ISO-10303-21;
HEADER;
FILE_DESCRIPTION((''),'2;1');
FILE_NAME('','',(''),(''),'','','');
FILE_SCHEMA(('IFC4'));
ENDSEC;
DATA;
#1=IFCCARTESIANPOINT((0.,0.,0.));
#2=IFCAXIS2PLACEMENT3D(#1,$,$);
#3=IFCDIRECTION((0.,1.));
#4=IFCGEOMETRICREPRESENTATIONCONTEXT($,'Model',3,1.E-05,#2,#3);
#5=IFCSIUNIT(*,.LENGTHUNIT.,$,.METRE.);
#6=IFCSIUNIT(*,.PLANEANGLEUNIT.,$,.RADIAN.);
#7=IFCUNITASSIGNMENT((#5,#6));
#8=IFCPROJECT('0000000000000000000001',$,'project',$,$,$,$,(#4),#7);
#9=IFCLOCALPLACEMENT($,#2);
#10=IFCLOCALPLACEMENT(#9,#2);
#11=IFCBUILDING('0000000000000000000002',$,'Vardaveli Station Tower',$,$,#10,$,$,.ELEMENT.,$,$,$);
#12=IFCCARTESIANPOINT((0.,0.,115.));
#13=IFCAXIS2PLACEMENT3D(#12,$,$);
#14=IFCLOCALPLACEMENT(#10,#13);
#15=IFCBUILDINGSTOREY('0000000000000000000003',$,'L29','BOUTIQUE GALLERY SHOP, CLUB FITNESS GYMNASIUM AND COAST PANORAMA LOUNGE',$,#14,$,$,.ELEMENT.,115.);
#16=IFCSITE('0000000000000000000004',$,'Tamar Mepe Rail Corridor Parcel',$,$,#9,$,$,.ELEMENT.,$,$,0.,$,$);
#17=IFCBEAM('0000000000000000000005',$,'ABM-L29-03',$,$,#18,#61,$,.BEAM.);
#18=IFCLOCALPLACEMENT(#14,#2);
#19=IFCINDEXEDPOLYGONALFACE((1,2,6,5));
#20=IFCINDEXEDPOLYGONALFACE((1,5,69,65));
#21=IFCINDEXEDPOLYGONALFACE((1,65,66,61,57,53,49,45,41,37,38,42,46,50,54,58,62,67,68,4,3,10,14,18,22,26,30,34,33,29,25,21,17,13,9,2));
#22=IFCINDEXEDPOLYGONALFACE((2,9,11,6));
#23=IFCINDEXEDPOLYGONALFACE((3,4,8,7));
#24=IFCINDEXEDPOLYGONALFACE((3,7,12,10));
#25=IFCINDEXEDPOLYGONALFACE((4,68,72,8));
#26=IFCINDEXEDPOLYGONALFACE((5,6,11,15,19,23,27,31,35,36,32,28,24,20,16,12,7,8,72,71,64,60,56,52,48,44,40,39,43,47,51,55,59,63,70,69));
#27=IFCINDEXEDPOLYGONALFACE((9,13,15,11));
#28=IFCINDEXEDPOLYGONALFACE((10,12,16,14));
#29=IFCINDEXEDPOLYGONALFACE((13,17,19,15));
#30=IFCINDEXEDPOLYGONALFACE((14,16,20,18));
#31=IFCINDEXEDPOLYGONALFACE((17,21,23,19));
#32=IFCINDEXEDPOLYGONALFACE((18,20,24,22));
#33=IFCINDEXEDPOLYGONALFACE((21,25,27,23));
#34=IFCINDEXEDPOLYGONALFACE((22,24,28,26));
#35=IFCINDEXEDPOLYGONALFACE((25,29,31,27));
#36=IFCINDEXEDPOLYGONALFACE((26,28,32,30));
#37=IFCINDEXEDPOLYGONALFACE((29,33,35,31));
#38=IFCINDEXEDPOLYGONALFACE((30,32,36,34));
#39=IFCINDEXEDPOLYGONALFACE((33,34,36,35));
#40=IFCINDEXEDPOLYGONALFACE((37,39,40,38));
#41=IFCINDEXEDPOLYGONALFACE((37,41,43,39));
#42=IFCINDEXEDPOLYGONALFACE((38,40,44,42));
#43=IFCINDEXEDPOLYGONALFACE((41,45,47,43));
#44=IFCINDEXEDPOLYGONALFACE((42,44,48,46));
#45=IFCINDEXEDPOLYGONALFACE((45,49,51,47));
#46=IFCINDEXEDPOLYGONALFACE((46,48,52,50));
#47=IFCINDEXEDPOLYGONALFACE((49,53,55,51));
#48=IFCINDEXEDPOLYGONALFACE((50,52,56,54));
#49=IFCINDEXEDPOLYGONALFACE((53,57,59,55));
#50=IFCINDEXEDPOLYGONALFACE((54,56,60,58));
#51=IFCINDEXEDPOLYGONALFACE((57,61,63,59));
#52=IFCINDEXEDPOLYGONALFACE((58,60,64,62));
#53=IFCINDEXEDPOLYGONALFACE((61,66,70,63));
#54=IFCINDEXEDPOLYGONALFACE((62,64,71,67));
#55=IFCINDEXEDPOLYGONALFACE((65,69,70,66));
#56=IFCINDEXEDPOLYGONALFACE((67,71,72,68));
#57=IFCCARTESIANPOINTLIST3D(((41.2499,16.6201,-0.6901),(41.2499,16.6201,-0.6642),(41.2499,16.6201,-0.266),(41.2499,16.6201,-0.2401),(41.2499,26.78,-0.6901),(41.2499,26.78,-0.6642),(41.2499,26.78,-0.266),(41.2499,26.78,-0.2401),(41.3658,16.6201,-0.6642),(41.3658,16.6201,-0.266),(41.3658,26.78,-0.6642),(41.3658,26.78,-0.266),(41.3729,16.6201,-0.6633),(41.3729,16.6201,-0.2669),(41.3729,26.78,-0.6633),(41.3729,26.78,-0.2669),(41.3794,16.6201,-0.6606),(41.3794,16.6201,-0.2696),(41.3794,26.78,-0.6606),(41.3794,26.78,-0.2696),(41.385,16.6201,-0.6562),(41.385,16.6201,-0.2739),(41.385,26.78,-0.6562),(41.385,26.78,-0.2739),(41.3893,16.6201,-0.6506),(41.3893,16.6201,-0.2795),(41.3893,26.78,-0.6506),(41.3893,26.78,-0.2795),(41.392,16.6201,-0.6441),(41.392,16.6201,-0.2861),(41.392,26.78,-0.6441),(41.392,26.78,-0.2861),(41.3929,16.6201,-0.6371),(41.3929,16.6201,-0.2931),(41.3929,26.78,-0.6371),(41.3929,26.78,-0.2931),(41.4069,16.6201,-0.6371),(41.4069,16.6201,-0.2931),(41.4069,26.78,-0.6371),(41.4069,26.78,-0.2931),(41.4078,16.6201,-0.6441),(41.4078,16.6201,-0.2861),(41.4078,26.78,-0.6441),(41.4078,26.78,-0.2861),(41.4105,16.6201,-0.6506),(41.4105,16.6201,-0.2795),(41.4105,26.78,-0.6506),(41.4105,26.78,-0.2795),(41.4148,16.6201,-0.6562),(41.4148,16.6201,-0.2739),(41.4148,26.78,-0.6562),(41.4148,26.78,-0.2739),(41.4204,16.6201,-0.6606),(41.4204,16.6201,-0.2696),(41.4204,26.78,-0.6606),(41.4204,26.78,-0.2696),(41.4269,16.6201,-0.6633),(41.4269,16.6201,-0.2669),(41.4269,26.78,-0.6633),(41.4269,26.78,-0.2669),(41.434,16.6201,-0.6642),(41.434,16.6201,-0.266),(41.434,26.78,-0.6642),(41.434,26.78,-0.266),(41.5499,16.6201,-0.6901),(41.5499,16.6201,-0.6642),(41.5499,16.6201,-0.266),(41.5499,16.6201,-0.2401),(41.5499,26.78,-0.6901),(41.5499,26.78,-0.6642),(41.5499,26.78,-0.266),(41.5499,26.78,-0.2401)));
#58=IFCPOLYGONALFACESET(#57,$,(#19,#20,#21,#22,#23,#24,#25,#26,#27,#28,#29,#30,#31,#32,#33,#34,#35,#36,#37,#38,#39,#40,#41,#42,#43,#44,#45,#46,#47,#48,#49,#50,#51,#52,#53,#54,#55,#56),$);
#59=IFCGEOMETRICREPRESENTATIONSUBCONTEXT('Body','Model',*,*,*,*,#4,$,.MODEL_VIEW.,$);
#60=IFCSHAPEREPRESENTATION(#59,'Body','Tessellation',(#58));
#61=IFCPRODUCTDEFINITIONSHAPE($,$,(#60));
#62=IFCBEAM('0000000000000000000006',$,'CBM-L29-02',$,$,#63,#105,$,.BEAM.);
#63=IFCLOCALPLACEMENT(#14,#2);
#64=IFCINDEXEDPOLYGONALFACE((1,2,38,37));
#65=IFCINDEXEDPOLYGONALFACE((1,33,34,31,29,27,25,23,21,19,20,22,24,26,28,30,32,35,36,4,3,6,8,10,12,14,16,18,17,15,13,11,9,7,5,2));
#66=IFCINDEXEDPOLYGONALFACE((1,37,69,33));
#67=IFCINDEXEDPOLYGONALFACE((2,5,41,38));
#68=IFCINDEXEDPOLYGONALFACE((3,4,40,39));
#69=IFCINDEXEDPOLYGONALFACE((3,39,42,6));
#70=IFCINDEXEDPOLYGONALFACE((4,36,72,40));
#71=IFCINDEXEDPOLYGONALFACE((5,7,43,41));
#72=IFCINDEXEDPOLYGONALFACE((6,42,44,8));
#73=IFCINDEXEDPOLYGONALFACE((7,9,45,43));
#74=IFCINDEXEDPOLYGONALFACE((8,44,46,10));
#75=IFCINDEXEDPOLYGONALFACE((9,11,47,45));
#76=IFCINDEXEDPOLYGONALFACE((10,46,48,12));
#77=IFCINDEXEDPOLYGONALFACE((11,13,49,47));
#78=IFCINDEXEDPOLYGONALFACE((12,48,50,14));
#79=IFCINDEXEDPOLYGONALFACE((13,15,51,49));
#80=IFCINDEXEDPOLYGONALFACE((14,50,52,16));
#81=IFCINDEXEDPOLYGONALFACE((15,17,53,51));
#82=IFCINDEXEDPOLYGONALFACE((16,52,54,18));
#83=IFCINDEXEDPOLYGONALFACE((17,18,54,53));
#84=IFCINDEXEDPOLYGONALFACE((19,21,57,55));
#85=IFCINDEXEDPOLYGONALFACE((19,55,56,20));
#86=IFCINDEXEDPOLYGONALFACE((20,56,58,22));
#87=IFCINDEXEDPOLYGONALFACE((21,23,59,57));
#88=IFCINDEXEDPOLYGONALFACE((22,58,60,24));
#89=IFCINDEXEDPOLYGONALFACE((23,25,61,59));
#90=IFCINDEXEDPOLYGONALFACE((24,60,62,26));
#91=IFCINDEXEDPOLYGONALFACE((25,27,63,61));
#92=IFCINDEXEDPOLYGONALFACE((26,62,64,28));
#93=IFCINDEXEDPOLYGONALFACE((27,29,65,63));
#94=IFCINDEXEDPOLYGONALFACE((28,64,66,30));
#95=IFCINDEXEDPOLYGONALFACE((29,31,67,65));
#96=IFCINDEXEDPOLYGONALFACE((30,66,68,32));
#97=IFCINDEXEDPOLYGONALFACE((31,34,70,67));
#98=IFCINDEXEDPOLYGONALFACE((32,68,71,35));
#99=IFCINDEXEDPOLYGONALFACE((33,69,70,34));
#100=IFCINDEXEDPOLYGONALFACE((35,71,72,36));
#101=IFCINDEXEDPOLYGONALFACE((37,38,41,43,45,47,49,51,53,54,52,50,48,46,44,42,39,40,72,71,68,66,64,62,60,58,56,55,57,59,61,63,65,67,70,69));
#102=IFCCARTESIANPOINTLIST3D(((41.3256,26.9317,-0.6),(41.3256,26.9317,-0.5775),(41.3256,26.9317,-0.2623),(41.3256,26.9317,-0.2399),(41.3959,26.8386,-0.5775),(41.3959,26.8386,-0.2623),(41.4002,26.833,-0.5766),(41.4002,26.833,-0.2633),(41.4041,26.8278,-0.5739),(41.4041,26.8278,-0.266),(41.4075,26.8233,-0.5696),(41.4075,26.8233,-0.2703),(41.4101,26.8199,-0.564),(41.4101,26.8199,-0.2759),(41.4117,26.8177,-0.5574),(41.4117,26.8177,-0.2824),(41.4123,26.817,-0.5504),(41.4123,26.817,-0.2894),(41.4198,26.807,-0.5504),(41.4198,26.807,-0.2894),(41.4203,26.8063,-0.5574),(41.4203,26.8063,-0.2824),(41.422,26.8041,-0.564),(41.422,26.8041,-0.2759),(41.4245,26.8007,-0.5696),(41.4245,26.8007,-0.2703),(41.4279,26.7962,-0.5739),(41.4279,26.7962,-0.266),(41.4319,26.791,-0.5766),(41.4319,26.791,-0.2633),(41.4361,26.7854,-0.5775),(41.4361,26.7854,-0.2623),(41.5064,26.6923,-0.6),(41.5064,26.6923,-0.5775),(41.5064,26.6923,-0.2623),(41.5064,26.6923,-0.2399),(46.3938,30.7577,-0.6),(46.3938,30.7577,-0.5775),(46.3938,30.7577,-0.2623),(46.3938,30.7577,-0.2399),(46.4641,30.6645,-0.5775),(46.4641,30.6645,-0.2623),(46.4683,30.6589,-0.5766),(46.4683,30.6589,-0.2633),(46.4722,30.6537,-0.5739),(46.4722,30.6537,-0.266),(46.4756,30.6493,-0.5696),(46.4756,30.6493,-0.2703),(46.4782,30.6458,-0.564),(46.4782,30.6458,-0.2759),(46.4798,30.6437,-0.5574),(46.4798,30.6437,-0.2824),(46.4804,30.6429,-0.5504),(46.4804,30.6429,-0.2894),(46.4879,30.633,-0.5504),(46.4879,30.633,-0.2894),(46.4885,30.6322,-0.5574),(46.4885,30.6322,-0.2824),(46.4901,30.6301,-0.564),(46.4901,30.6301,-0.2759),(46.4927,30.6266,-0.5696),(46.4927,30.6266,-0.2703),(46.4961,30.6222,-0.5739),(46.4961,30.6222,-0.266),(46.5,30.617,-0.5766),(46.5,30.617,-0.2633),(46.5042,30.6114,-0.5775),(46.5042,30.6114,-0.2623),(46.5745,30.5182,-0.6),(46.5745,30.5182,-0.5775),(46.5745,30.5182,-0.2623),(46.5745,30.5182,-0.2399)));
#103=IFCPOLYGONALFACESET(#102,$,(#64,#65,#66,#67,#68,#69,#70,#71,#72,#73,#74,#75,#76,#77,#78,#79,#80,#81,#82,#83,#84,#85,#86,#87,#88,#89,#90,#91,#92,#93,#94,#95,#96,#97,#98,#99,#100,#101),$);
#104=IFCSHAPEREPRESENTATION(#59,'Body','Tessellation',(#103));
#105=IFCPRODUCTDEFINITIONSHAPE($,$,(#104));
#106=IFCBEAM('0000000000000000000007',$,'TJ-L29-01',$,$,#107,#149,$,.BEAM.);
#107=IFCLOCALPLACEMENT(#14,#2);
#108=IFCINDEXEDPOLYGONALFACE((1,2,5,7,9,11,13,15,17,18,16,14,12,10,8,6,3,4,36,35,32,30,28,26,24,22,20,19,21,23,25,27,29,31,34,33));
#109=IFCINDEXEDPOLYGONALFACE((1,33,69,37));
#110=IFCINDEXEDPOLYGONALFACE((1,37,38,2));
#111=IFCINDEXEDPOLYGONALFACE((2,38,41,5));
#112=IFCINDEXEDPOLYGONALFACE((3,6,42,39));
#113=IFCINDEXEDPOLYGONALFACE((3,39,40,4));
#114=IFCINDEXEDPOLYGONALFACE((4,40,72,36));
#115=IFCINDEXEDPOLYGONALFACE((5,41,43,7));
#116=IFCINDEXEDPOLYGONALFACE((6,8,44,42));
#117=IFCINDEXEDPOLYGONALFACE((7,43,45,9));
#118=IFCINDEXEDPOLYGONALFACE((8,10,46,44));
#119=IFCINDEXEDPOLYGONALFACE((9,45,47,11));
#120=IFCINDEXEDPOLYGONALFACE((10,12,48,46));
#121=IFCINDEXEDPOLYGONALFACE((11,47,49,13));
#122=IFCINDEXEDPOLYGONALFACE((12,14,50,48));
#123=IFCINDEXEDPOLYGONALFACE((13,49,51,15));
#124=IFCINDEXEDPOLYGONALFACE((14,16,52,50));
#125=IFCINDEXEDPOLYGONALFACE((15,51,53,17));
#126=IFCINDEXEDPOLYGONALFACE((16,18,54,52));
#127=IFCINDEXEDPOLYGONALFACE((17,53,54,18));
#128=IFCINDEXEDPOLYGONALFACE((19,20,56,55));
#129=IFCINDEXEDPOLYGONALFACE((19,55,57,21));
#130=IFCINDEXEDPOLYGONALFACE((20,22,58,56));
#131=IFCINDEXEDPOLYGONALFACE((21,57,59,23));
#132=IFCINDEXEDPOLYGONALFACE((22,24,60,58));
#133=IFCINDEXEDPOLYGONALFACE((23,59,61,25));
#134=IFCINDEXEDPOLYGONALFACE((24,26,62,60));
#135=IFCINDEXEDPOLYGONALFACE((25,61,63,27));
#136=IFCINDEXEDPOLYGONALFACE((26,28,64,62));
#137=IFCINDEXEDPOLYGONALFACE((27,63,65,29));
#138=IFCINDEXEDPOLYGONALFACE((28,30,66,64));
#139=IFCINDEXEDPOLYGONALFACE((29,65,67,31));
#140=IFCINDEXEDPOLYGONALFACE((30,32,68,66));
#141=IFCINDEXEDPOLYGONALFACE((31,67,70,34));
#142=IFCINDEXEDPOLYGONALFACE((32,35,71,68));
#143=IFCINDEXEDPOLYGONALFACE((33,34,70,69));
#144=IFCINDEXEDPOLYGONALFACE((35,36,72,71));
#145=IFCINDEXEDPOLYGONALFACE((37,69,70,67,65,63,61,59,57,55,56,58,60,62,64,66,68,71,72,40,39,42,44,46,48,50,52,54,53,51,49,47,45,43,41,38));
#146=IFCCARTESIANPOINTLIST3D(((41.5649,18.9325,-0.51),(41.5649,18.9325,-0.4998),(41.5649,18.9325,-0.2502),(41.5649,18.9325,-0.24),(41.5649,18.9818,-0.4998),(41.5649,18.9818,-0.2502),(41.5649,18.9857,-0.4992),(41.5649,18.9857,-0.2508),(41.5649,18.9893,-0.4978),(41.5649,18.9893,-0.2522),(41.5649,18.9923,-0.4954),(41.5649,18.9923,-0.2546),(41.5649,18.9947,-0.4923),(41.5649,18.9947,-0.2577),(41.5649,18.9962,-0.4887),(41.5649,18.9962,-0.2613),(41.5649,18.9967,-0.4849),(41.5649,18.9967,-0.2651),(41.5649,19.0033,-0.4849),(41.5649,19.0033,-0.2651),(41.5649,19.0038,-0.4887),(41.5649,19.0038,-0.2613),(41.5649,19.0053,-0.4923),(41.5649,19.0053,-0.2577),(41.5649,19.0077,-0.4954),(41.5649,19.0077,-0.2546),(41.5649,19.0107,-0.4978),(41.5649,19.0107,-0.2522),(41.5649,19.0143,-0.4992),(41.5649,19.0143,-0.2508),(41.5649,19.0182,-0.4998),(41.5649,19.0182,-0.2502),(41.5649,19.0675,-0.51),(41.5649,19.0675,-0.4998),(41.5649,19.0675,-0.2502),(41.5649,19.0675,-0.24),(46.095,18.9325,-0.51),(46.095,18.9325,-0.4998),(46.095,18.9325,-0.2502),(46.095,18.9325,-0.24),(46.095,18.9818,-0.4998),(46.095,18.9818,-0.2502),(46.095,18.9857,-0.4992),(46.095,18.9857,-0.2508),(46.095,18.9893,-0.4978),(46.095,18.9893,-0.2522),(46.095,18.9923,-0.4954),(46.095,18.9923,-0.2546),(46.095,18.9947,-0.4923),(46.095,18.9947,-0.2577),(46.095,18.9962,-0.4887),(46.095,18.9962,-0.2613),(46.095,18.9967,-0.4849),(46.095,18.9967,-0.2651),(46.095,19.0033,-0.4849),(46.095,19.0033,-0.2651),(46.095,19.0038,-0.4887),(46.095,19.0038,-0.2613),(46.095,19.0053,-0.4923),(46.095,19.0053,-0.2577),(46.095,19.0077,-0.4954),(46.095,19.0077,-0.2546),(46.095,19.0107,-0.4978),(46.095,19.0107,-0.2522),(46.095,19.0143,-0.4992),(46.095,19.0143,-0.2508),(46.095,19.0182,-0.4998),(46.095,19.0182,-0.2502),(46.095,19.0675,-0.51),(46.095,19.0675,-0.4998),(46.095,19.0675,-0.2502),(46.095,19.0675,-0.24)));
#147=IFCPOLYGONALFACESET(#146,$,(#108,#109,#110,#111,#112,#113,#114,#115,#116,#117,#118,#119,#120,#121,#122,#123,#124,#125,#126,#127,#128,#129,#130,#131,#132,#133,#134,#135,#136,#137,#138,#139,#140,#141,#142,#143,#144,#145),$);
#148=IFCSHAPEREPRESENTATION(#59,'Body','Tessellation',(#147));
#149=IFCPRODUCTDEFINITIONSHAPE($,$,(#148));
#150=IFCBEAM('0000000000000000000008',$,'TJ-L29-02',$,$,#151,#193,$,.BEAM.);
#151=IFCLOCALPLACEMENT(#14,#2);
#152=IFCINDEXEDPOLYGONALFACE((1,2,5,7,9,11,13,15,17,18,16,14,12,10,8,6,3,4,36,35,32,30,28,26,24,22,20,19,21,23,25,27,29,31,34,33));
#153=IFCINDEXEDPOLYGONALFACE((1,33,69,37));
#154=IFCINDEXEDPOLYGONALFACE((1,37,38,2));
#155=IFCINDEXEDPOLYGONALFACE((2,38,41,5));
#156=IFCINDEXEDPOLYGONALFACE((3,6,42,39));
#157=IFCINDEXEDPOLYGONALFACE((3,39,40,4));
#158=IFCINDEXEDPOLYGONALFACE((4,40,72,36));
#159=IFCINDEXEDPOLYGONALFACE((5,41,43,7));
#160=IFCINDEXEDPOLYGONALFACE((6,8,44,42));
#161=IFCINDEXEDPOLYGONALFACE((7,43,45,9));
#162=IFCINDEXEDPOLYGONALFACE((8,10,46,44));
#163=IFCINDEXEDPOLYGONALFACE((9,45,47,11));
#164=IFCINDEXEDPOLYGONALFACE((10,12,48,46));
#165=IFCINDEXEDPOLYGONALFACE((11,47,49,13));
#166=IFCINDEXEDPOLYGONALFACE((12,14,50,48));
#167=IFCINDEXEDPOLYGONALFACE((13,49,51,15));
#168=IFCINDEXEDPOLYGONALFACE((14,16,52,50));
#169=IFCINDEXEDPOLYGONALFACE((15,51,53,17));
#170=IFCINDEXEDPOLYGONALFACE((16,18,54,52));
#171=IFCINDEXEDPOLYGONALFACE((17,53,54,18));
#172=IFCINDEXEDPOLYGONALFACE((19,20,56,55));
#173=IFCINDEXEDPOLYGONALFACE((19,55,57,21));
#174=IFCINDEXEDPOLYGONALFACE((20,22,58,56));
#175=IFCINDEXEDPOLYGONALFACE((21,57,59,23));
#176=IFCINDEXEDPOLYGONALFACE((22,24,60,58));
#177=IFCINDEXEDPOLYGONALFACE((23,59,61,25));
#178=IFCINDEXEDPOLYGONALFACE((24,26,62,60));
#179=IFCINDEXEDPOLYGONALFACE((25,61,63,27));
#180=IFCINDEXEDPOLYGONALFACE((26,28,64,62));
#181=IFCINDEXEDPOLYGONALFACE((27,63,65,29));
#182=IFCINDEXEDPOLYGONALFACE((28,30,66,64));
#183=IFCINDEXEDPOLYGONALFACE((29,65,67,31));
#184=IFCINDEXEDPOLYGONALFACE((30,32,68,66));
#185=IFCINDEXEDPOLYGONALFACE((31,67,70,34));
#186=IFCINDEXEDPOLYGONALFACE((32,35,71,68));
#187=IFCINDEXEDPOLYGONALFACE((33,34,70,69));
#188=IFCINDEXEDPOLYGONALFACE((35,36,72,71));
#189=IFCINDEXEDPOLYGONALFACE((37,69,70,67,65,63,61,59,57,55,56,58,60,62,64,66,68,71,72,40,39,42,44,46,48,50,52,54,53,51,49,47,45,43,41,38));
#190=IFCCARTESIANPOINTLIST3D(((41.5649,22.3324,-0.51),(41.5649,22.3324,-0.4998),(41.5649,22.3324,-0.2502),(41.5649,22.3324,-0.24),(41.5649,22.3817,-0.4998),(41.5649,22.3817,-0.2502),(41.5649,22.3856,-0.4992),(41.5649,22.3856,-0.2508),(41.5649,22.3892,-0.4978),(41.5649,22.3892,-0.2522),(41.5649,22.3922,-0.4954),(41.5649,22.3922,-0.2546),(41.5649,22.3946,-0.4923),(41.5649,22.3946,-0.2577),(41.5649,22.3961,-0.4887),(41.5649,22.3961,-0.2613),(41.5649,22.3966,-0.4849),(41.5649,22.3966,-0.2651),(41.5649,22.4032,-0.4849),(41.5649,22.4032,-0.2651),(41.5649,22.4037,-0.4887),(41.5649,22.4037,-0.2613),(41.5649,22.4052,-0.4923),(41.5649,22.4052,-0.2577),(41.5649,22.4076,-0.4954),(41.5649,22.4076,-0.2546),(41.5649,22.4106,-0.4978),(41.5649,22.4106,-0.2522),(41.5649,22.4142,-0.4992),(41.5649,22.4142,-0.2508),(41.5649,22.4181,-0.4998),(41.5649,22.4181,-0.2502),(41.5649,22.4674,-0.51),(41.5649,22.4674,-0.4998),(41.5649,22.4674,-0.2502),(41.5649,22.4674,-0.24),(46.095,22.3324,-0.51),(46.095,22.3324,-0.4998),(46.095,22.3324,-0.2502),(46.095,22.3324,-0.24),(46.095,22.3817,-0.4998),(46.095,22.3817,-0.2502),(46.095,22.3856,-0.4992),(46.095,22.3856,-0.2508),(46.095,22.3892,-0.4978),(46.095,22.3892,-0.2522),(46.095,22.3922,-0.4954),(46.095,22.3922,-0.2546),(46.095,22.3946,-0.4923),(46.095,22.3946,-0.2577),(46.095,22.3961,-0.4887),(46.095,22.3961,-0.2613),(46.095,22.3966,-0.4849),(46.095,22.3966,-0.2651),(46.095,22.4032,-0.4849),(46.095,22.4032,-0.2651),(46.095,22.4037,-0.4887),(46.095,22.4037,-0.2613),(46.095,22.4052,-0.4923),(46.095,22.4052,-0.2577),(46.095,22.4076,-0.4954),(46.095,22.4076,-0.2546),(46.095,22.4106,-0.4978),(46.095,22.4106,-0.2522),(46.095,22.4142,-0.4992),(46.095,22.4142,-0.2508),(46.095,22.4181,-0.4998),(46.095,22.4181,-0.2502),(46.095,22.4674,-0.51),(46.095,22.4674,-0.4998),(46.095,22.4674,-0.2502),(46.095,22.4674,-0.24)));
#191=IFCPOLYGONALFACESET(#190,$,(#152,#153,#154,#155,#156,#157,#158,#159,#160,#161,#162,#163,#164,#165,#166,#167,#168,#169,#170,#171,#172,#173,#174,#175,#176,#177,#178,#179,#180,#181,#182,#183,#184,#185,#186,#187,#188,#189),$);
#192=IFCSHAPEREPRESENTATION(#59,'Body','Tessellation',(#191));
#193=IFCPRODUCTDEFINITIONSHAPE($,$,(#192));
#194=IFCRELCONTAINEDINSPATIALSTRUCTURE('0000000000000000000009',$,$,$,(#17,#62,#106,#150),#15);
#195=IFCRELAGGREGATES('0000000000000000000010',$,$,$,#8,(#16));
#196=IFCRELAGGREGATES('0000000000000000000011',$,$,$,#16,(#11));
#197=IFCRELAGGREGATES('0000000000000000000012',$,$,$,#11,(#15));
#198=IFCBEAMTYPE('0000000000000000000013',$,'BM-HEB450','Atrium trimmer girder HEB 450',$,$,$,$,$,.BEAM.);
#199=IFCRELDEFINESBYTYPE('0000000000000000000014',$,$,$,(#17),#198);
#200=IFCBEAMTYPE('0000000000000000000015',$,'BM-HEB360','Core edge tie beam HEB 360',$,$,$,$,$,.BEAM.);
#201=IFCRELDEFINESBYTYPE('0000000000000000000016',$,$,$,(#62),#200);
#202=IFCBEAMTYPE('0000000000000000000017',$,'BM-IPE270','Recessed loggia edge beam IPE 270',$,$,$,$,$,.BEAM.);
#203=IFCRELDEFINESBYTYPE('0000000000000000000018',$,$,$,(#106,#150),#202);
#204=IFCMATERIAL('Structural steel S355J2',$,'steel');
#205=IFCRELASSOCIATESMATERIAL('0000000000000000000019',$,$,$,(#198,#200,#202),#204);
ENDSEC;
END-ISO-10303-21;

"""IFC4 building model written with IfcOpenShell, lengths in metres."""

from ifc_helpers import new_model, si_unit, direction, frame, origin, origin_2d, place, context, subcontext, project, spatial, i_section, extrude, source, transform, mapped, material, material_profile, profile_set, type_object, element, save


model = new_model("IFC4")

# Units and contexts
model_context = context("Model", 3, precision=1e-05, world=origin(), true_north=direction((0.0, 1.0)))
body_context = subcontext(model_context, "Body", "Model", "MODEL_VIEW")
ifc_project = project(units=[si_unit("LENGTHUNIT", "METRE"), si_unit("PLANEANGLEUNIT", "RADIAN")], contexts=[model_context])

# Site, building, storey
site_placement = place(None, origin())
site = spatial("IfcSite", under=ifc_project, at=site_placement, Name="Tamar Mepe Rail Corridor Parcel", CompositionType="ELEMENT", RefElevation=0.0)
building_placement = place(site_placement, origin())
building = spatial("IfcBuilding", under=site, at=building_placement, Name="Vardaveli Station Tower", CompositionType="ELEMENT")
storey_placement = place(building_placement, frame((0.0, 0.0, 115.0)))
storey = spatial("IfcBuildingStorey", under=building, at=storey_placement, Name="L29", Description="BOUTIQUE GALLERY SHOP, CLUB FITNESS GYMNASIUM AND COAST PANORAMA LOUNGE", CompositionType="ELEMENT", Elevation=115.0)

# Beams
ifc_material_1 = material(Name="Structural steel S355J2", Category="steel")
ifc_material_profile_1 = material_profile(ifc_material_1, i_section(OverallWidth=0.3, OverallDepth=0.45, WebThickness=0.0139, FlangeThickness=0.0259, FilletRadius=0.0271, at=origin_2d()), Name="HEB 450")
ifc_profile_set_1 = profile_set([ifc_material_profile_1], Name="Structural steel S355J2")
beam_type_1 = type_object("IfcBeamType", Name="BM-HEB450", Description="Atrium trimmer girder HEB 450", PredefinedType="BEAM", material=ifc_profile_set_1)
shared_shape_1 = source(origin(), body_context, "Body", "SweptSolid", [
    extrude(i_section(OverallWidth=0.3, OverallDepth=0.45, WebThickness=0.0139, FlangeThickness=0.0259, FilletRadius=0.0271, at=origin_2d()), origin(), (0.0, 0.0, 1.0), 10.1599),
])
beam_1_placement = place(storey_placement, frame((41.3999, 16.6201, -0.4651), z_axis=(0.0, 1.0, 0.0), x_axis=(-1.0, 0.0, 0.0)))
element("IfcBeam", 1, at=beam_1_placement, inside=storey, type_object=beam_type_1, Name="ABM-L29-03", PredefinedType="BEAM", context=body_context, shape_type="MappedRepresentation", body=[
    mapped(shared_shape_1, transform((0.0, 0.0, 0.0), scale=1.0)),
])
ifc_material_profile_2 = material_profile(ifc_material_1, i_section(OverallWidth=0.3, OverallDepth=0.3601, WebThickness=0.0125, FlangeThickness=0.0225, FilletRadius=0.0271, at=origin_2d()), Name="HEB 360")
ifc_profile_set_2 = profile_set([ifc_material_profile_2], Name="Structural steel S355J2")
beam_type_2 = type_object("IfcBeamType", Name="BM-HEB360", Description="Core edge tie beam HEB 360", PredefinedType="BEAM", material=ifc_profile_set_2)
shared_shape_2 = source(origin(), body_context, "Body", "SweptSolid", [
    extrude(i_section(OverallWidth=0.3, OverallDepth=0.3601, WebThickness=0.0125, FlangeThickness=0.0225, FilletRadius=0.0271, at=origin_2d()), origin(), (0.0, 0.0, 1.0), 6.3501),
])
beam_2_placement = place(storey_placement, frame((41.416, 26.812, -0.4199), z_axis=(0.798118, 0.602501, 0.0), x_axis=(-0.602501, 0.798118, 0.0)))
element("IfcBeam", 2, at=beam_2_placement, inside=storey, type_object=beam_type_2, Name="CBM-L29-02", PredefinedType="BEAM", context=body_context, shape_type="MappedRepresentation", body=[
    mapped(shared_shape_2, transform((0.0, 0.0, 0.0), scale=1.0)),
])
ifc_material_profile_3 = material_profile(ifc_material_1, i_section(OverallWidth=0.135, OverallDepth=0.27, WebThickness=0.0066, FlangeThickness=0.0103, FilletRadius=0.0149, at=origin_2d()), Name="IPE 270")
ifc_profile_set_3 = profile_set([ifc_material_profile_3], Name="Structural steel S355J2")
beam_type_3 = type_object("IfcBeamType", Name="BM-IPE270", Description="Recessed loggia edge beam IPE 270", PredefinedType="BEAM", material=ifc_profile_set_3)
shared_shape_3 = source(origin(), body_context, "Body", "SweptSolid", [
    extrude(i_section(OverallWidth=0.135, OverallDepth=0.27, WebThickness=0.0066, FlangeThickness=0.0103, FilletRadius=0.0149, at=origin_2d()), origin(), (0.0, 0.0, 1.0), 4.53),
])
for number, where, z_axis, x_axis, name in (
    (3, (41.5649, 19.0, -0.375), (1.0, 0.0, 0.0), (0.0, 1.0, 0.0), "TJ-L29-01"),
    (4, (41.5649, 22.3999, -0.375), (1.0, 0.0, 0.0), (0.0, 1.0, 0.0), "TJ-L29-02"),
):
    element("IfcBeam", number, at=place(storey_placement, frame(where, z_axis=z_axis, x_axis=x_axis)), inside=storey, type_object=beam_type_3, Name=name, PredefinedType="BEAM", context=body_context, shape_type="MappedRepresentation", body=[
        mapped(shared_shape_3, transform((0.0, 0.0, 0.0), scale=1.0)),
    ])

save(model, "model.ifc")
